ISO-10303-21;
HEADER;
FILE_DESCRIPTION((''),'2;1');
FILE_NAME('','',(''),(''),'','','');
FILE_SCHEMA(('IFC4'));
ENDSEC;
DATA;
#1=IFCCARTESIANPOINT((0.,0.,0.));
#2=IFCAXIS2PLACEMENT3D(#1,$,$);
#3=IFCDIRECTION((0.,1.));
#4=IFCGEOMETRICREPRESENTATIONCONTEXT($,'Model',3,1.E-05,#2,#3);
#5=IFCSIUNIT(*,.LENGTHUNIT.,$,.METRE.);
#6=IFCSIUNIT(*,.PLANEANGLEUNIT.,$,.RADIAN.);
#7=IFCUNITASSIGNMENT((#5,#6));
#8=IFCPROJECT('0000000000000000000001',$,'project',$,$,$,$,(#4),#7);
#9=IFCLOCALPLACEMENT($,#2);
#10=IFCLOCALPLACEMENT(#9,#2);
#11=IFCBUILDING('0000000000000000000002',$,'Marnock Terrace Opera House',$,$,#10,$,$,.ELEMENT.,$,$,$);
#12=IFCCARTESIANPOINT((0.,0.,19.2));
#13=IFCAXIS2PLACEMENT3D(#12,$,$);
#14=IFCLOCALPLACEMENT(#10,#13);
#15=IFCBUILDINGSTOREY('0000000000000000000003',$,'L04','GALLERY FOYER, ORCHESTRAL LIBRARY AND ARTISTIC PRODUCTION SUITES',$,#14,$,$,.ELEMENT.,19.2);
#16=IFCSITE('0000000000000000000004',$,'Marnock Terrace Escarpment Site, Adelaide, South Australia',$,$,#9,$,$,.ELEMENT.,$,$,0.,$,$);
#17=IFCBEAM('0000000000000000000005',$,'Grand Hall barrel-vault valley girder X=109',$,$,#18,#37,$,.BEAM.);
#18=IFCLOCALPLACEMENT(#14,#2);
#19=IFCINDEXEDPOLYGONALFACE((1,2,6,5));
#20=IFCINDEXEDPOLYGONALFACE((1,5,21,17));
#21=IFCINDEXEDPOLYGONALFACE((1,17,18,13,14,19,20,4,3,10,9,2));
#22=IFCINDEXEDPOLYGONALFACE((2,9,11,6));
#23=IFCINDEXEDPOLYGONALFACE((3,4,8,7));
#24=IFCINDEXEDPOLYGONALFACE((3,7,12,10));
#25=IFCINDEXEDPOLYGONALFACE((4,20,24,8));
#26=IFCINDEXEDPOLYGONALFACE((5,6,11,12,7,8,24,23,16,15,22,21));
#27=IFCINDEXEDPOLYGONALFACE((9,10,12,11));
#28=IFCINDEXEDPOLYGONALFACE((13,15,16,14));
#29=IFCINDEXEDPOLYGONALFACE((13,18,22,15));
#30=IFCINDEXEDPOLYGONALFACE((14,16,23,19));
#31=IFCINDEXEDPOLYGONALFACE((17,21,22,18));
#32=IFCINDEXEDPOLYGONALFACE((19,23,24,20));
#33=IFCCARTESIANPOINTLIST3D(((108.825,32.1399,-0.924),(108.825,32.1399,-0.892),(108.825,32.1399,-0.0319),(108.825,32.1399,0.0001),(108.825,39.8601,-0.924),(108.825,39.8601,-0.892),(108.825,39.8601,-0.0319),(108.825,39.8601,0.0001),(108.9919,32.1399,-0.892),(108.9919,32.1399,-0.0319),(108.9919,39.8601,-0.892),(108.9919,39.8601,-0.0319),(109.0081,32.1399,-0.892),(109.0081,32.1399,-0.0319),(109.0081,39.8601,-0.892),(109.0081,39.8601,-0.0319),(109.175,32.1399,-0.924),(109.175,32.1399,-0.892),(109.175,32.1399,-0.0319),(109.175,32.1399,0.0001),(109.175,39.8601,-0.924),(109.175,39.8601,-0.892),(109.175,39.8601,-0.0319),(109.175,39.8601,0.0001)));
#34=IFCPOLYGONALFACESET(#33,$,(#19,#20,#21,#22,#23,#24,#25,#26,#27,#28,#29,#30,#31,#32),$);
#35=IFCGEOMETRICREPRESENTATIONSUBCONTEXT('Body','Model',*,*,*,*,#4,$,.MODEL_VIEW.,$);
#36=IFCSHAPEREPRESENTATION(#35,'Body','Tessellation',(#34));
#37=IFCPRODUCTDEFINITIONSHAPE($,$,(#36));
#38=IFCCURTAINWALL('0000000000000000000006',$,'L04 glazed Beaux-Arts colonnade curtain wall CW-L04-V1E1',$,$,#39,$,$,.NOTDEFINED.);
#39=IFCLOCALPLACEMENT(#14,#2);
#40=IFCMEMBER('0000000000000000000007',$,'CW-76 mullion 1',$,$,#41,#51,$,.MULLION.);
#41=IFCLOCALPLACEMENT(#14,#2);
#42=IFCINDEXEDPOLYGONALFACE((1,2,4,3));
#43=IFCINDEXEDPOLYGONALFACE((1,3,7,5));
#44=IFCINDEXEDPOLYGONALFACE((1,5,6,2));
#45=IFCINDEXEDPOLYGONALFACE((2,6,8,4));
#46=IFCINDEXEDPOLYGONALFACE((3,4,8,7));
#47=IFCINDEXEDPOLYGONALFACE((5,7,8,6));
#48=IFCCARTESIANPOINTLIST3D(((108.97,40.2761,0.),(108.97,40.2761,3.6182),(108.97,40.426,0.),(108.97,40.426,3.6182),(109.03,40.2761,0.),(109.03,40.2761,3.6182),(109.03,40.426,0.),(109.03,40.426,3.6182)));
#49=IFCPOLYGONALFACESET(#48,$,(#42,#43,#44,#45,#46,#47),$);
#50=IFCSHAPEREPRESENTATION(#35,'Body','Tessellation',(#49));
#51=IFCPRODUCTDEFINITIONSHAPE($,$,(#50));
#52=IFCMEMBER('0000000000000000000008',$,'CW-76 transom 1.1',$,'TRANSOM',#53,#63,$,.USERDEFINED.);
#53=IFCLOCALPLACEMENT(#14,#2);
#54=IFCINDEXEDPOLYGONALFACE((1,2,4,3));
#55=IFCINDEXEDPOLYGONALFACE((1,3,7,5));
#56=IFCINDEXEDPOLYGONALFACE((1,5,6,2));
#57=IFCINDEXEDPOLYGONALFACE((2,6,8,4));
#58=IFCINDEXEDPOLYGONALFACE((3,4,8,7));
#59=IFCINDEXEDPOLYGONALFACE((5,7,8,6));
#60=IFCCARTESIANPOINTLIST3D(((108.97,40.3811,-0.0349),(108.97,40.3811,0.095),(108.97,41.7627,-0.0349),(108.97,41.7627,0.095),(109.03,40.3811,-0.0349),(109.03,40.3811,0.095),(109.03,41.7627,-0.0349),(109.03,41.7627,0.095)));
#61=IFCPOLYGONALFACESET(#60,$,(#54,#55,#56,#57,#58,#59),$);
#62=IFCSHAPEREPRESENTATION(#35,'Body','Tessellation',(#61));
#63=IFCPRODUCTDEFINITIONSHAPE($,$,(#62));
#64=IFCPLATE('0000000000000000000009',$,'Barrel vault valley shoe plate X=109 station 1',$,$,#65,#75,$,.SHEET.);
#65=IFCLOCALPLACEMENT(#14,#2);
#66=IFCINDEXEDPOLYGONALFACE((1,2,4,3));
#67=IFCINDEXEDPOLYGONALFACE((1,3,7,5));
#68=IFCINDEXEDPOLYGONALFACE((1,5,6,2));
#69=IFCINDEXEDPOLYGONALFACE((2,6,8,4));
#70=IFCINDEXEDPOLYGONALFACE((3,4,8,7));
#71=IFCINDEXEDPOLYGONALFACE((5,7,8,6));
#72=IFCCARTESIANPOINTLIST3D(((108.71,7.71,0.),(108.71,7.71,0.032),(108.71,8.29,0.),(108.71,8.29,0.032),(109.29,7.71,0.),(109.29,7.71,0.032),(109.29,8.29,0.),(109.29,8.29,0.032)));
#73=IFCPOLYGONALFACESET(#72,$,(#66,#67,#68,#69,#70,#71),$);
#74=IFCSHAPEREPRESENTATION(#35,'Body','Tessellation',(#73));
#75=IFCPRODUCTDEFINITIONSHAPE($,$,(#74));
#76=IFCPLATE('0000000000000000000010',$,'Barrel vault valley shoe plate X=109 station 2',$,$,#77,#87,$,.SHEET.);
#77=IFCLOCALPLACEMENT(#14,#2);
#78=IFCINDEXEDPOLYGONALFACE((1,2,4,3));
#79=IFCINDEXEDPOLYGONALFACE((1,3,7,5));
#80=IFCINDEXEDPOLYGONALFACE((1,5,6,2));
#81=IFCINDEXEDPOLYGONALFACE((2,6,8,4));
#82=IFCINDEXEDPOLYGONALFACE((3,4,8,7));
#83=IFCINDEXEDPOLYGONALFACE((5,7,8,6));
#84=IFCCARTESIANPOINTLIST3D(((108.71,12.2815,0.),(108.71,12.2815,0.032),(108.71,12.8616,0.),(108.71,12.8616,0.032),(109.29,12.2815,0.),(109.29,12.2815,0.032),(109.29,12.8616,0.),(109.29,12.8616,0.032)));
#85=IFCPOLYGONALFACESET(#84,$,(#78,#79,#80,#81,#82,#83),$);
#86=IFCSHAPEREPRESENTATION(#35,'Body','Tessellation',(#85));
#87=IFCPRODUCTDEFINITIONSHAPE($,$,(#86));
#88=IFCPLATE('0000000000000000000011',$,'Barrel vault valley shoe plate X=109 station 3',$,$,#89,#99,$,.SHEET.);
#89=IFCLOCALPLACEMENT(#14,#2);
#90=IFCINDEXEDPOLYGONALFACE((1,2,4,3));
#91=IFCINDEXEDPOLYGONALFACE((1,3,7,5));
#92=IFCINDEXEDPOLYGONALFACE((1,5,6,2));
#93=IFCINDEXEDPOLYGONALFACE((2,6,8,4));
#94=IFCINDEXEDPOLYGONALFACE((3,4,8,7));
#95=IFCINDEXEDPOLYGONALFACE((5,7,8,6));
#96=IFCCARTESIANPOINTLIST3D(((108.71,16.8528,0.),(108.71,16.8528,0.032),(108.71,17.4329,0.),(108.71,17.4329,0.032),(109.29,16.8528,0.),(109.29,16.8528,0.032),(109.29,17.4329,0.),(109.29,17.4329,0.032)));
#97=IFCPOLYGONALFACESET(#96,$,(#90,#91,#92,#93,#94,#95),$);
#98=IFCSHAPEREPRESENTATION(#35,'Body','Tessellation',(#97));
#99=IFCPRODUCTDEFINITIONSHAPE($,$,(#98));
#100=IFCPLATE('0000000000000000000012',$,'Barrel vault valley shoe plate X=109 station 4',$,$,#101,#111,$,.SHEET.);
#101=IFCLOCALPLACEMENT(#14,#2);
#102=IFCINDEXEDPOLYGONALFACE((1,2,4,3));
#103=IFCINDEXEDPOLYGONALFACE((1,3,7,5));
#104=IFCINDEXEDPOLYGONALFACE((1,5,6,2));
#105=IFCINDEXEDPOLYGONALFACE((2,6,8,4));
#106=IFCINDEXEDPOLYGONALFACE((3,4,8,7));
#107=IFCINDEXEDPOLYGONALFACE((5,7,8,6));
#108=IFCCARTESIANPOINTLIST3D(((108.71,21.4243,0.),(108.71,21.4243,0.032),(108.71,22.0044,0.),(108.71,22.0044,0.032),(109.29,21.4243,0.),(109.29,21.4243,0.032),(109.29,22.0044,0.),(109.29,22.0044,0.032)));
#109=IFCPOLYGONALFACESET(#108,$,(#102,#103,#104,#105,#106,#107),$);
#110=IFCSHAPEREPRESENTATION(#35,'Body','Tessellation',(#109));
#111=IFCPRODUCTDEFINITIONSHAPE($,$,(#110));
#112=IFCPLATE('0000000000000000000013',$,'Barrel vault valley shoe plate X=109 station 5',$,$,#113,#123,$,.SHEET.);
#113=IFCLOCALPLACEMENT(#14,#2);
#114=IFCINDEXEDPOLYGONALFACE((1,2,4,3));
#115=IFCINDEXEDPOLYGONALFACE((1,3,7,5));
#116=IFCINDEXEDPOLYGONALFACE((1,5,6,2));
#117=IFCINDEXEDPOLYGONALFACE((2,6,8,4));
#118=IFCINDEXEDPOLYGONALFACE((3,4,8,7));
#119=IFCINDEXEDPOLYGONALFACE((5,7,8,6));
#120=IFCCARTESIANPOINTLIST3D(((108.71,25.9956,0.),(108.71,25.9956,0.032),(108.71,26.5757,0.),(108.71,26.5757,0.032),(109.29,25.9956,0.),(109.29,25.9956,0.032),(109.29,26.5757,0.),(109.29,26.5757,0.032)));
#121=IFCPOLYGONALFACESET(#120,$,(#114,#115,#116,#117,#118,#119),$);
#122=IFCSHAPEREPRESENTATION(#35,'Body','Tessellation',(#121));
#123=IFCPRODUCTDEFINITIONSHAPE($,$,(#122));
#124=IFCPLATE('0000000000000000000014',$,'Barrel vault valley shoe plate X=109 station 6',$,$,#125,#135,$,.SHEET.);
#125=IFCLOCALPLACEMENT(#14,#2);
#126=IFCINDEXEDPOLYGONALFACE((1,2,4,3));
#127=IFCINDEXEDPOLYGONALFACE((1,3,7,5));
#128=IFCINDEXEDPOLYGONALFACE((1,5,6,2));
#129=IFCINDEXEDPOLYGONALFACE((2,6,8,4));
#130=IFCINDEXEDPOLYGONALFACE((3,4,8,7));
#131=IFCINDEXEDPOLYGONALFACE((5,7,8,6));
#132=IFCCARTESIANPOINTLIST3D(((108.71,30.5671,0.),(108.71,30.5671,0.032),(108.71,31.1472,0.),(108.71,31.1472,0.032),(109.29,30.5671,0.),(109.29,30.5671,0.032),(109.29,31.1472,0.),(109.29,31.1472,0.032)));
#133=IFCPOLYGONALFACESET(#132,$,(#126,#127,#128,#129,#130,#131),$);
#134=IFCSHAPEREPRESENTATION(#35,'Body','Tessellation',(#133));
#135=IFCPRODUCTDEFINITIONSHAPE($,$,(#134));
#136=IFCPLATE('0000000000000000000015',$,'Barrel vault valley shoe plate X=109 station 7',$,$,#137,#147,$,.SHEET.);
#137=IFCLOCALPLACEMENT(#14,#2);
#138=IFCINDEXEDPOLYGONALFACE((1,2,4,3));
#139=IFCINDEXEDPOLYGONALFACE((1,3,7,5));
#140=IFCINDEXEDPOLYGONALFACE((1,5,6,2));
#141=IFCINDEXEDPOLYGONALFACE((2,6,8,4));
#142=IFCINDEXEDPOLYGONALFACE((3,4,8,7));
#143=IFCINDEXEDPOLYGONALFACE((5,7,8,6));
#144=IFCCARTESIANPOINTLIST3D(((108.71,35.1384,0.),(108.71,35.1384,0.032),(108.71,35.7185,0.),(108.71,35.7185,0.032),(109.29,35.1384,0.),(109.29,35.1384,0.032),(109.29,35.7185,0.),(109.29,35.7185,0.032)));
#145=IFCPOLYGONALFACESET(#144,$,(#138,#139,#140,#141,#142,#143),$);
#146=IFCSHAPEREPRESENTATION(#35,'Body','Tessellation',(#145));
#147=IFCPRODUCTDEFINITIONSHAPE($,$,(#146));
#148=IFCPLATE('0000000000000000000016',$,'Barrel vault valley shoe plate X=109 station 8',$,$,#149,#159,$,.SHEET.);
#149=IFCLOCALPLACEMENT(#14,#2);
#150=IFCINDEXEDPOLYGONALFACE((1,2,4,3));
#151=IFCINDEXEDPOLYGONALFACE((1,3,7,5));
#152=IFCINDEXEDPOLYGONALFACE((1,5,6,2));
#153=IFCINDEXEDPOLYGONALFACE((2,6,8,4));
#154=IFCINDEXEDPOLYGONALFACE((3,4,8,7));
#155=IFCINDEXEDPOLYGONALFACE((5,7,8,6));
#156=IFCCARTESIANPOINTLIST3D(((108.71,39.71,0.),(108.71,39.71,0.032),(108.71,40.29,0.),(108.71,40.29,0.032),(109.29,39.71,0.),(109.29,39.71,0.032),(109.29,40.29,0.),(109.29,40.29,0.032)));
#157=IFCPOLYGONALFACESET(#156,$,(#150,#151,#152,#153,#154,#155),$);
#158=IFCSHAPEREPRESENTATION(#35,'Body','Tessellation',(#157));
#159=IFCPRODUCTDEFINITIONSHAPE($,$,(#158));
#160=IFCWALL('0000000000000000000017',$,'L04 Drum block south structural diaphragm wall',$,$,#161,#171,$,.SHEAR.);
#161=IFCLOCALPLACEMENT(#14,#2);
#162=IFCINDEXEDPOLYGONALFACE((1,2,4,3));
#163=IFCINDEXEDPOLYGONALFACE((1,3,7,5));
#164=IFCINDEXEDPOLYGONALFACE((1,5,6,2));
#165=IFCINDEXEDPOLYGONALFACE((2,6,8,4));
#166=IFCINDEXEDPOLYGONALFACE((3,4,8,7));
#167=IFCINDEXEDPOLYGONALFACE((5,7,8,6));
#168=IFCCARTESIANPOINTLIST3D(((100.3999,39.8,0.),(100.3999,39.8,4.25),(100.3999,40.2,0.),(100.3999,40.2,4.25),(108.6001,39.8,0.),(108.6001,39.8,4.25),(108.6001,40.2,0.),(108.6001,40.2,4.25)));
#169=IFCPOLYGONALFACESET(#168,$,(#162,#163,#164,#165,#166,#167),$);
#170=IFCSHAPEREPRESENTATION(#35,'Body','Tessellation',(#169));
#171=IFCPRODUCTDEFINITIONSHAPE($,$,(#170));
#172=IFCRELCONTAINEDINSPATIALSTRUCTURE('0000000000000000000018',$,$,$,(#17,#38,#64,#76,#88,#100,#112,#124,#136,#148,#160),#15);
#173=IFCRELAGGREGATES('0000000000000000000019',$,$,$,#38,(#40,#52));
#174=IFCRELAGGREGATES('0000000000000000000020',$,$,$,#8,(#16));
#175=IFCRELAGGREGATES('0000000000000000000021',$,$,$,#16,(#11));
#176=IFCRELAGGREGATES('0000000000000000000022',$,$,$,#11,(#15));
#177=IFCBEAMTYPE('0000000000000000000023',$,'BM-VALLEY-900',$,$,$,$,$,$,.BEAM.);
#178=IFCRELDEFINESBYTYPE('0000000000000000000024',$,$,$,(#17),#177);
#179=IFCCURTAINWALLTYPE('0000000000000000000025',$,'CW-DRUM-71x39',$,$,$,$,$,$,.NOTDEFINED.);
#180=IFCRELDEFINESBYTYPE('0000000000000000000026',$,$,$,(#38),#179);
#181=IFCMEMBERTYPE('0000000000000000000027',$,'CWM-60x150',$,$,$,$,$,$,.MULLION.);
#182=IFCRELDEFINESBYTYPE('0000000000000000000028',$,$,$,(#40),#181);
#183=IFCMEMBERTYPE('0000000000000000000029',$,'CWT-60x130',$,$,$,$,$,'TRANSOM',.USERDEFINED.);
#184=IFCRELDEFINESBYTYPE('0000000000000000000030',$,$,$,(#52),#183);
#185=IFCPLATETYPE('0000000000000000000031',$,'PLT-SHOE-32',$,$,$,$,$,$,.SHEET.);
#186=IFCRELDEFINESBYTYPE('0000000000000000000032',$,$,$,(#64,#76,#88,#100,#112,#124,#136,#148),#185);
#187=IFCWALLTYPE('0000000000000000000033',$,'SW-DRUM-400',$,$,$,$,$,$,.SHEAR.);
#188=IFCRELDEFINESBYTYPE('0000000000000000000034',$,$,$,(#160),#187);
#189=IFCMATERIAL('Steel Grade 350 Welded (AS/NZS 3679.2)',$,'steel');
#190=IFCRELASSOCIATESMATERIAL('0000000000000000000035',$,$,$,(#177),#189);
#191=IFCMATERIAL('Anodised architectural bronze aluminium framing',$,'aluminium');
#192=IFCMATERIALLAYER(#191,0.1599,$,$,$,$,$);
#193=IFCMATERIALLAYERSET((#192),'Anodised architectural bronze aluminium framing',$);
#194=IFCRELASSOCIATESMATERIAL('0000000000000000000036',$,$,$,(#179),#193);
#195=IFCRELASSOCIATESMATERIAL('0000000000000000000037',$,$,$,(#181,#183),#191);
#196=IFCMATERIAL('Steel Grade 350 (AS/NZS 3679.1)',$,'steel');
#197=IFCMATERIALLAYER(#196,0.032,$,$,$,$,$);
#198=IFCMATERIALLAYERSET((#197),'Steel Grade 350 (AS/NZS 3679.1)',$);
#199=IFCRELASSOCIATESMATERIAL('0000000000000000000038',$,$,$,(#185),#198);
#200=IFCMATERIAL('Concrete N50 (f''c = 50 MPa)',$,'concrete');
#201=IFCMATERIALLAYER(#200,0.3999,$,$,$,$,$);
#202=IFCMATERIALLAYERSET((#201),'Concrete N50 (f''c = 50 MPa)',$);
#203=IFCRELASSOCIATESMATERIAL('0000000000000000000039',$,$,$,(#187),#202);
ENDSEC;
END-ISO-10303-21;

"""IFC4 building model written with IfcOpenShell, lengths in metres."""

from ifc_helpers import new_model, si_unit, direction, frame, frame_2d, origin, origin_2d, place, context, subcontext, project, spatial, rectangle, i_section, extrude, material, layer, layer_set, material_profile, profile_set, type_object, element, aggregate, save


model = new_model("IFC4")

# Units and contexts
model_context = context("Model", 3, precision=1e-05, world=origin(), true_north=direction((0.0, 1.0)))
body_context = subcontext(model_context, "Body", "Model", "MODEL_VIEW")
ifc_project = project(units=[si_unit("LENGTHUNIT", "METRE"), si_unit("PLANEANGLEUNIT", "RADIAN")], contexts=[model_context])

# Site, building, storey
site_placement = place(None, origin())
site = spatial("IfcSite", under=ifc_project, at=site_placement, Name="Marnock Terrace Escarpment Site, Adelaide, South Australia", CompositionType="ELEMENT", RefElevation=0.0)
building_placement = place(site_placement, origin())
building = spatial("IfcBuilding", under=site, at=building_placement, Name="Marnock Terrace Opera House", CompositionType="ELEMENT")
storey_placement = place(building_placement, frame((0.0, 0.0, 19.2)))
storey = spatial("IfcBuildingStorey", under=building, at=storey_placement, Name="L04", Description="GALLERY FOYER, ORCHESTRAL LIBRARY AND ARTISTIC PRODUCTION SUITES", CompositionType="ELEMENT", Elevation=19.2)

# Beam
ifc_material_1 = material(Name="Steel Grade 350 (AS/NZS 3679.1)", Category="steel")
ifc_material_2 = material(Name="Steel Grade 350 Welded (AS/NZS 3679.2)", Category="steel")
ifc_material_profile_1 = material_profile(ifc_material_2, i_section(OverallWidth=0.3501, OverallDepth=0.9241, WebThickness=0.0161, FlangeThickness=0.032, at=origin_2d()))
ifc_profile_set_1 = profile_set([ifc_material_profile_1], Name="Steel Grade 350 Welded (AS/NZS 3679.2)")
beam_type_1 = type_object("IfcBeamType", Name="BM-VALLEY-900", PredefinedType="BEAM", material=ifc_profile_set_1)
for number, where, z_axis, x_axis, name in (
    (1, (109.0, 32.1399, -0.4619), (0.0, 1.0, 0.0), (-1.0, 0.0, 0.0), "Grand Hall barrel-vault valley girder X=109"),
):
    element("IfcBeam", number, at=place(storey_placement, frame(where, z_axis=z_axis, x_axis=x_axis)), inside=storey, type_object=beam_type_1, Name=name, PredefinedType="BEAM", context=body_context, shape_type="SweptSolid", body=[
        extrude(i_section(OverallWidth=0.3501, OverallDepth=0.9241, WebThickness=0.0161, FlangeThickness=0.032, at=origin_2d()), origin(), (0.0, 0.0, 1.0), 7.7202),
    ])

# Curtain wall, members
ifc_material_3 = material(Name="Anodised architectural bronze aluminium framing", Category="aluminium")
ifc_layer_1 = layer(ifc_material_3, 0.1599)
ifc_layer_set_1 = layer_set([ifc_layer_1], Name="Anodised architectural bronze aluminium framing")
curtain_wall_type = type_object("IfcCurtainWallType", Name="CW-DRUM-71x39", PredefinedType="NOTDEFINED", material=ifc_layer_set_1)
curtain_wall_placement = place(storey_placement, origin())
curtain_wall = element("IfcCurtainWall", 2, at=curtain_wall_placement, inside=storey, type_object=curtain_wall_type, Name="L04 glazed Beaux-Arts colonnade curtain wall CW-L04-V1E1", PredefinedType="NOTDEFINED")
ifc_material_profile_2 = material_profile(ifc_material_3, rectangle(XDim=0.0601, YDim=0.1499, at=origin_2d()))
ifc_profile_set_2 = profile_set([ifc_material_profile_2], Name="Anodised architectural bronze aluminium framing")
member_type_1 = type_object("IfcMemberType", Name="CWM-60x150", PredefinedType="MULLION", material=ifc_profile_set_2)
member_1_placement = place(storey_placement, frame((109.0, 40.3511, 0.0), z_axis=(0.0, 0.0, 1.0), x_axis=(-1.0, 0.0, 0.0)))
member_1 = element("IfcMember", 3, at=member_1_placement, type_object=member_type_1, Name="CW-76 mullion 1", PredefinedType="MULLION", context=body_context, shape_type="SweptSolid", body=[
    extrude(rectangle(XDim=0.0601, YDim=0.1499, at=origin_2d()), origin(), (0.0, 0.0, 1.0), 3.6182),
])
ifc_material_profile_3 = material_profile(ifc_material_3, rectangle(XDim=0.0601, YDim=0.1299, at=origin_2d()))
ifc_profile_set_3 = profile_set([ifc_material_profile_3], Name="Anodised architectural bronze aluminium framing")
member_type_2 = type_object("IfcMemberType", Name="CWT-60x130", ElementType="TRANSOM", PredefinedType="USERDEFINED", material=ifc_profile_set_3)
member_2_placement = place(storey_placement, frame((109.0, 40.3811, 0.03), z_axis=(0.0, 1.0, 0.0), x_axis=(-1.0, 0.0, 0.0)))
member_2 = element("IfcMember", 4, at=member_2_placement, type_object=member_type_2, Name="CW-76 transom 1.1", ObjectType="TRANSOM", PredefinedType="USERDEFINED", context=body_context, shape_type="SweptSolid", body=[
    extrude(rectangle(XDim=0.0601, YDim=0.1299, at=origin_2d()), origin(), (0.0, 0.0, 1.0), 1.3816),
])
aggregate(curtain_wall, [member_1, member_2])

# Plates
ifc_layer_2 = layer(ifc_material_1, 0.032)
ifc_layer_set_2 = layer_set([ifc_layer_2], Name="Steel Grade 350 (AS/NZS 3679.1)")
plate_type = type_object("IfcPlateType", Name="PLT-SHOE-32", PredefinedType="SHEET", material=ifc_layer_set_2)
for number, where, z_axis, x_axis, name in (
    (5, (109.0, 8.0, 0.0), (0.0, 0.0, 1.0), (1.0, 0.0, 0.0), "Barrel vault valley shoe plate X=109 station 1"),
    (6, (109.0, 12.5715, 0.0), (0.0, 0.0, 1.0), (1.0, 0.0, 0.0), "Barrel vault valley shoe plate X=109 station 2"),
    (7, (109.0, 17.1428, 0.0), (0.0, 0.0, 1.0), (1.0, 0.0, 0.0), "Barrel vault valley shoe plate X=109 station 3"),
    (8, (109.0, 21.7144, 0.0), (0.0, 0.0, 1.0), (1.0, 0.0, 0.0), "Barrel vault valley shoe plate X=109 station 4"),
    (9, (109.0, 26.2856, 0.0), (0.0, 0.0, 1.0), (1.0, 0.0, 0.0), "Barrel vault valley shoe plate X=109 station 5"),
    (10, (109.0, 30.8572, 0.0), (0.0, 0.0, 1.0), (1.0, 0.0, 0.0), "Barrel vault valley shoe plate X=109 station 6"),
    (11, (109.0, 35.4285, 0.0), (0.0, 0.0, 1.0), (1.0, 0.0, 0.0), "Barrel vault valley shoe plate X=109 station 7"),
    (12, (109.0, 40.0, 0.0), (0.0, 0.0, 1.0), (1.0, 0.0, 0.0), "Barrel vault valley shoe plate X=109 station 8"),
):
    element("IfcPlate", number, at=place(storey_placement, frame(where, z_axis=z_axis, x_axis=x_axis)), inside=storey, type_object=plate_type, Name=name, PredefinedType="SHEET", context=body_context, shape_type="SweptSolid", body=[
        extrude(rectangle(XDim=0.5801, YDim=0.5801, at=origin_2d()), origin(), (0.0, 0.0, 1.0), 0.032),
    ])

# Wall
ifc_material_4 = material(Name="Concrete N50 (f'c = 50 MPa)", Category="concrete")
ifc_layer_3 = layer(ifc_material_4, 0.3999)
ifc_layer_set_3 = layer_set([ifc_layer_3], Name="Concrete N50 (f'c = 50 MPa)")
wall_type = type_object("IfcWallType", Name="SW-DRUM-400", PredefinedType="SHEAR", material=ifc_layer_set_3)
wall_placement = place(storey_placement, frame((100.3999, 40.0, 0.0), z_axis=(0.0, 0.0, 1.0), x_axis=(1.0, 0.0, 0.0)))
element("IfcWall", 13, at=wall_placement, inside=storey, type_object=wall_type, Name="L04 Drum block south structural diaphragm wall", PredefinedType="SHEAR", context=body_context, shape_type="SweptSolid", body=[
    extrude(rectangle(XDim=8.2002, YDim=0.3999, at=frame_2d((4.1001, 0.0))), origin(), (0.0, 0.0, 1.0), 4.25),
])

save(model, "model.ifc")
